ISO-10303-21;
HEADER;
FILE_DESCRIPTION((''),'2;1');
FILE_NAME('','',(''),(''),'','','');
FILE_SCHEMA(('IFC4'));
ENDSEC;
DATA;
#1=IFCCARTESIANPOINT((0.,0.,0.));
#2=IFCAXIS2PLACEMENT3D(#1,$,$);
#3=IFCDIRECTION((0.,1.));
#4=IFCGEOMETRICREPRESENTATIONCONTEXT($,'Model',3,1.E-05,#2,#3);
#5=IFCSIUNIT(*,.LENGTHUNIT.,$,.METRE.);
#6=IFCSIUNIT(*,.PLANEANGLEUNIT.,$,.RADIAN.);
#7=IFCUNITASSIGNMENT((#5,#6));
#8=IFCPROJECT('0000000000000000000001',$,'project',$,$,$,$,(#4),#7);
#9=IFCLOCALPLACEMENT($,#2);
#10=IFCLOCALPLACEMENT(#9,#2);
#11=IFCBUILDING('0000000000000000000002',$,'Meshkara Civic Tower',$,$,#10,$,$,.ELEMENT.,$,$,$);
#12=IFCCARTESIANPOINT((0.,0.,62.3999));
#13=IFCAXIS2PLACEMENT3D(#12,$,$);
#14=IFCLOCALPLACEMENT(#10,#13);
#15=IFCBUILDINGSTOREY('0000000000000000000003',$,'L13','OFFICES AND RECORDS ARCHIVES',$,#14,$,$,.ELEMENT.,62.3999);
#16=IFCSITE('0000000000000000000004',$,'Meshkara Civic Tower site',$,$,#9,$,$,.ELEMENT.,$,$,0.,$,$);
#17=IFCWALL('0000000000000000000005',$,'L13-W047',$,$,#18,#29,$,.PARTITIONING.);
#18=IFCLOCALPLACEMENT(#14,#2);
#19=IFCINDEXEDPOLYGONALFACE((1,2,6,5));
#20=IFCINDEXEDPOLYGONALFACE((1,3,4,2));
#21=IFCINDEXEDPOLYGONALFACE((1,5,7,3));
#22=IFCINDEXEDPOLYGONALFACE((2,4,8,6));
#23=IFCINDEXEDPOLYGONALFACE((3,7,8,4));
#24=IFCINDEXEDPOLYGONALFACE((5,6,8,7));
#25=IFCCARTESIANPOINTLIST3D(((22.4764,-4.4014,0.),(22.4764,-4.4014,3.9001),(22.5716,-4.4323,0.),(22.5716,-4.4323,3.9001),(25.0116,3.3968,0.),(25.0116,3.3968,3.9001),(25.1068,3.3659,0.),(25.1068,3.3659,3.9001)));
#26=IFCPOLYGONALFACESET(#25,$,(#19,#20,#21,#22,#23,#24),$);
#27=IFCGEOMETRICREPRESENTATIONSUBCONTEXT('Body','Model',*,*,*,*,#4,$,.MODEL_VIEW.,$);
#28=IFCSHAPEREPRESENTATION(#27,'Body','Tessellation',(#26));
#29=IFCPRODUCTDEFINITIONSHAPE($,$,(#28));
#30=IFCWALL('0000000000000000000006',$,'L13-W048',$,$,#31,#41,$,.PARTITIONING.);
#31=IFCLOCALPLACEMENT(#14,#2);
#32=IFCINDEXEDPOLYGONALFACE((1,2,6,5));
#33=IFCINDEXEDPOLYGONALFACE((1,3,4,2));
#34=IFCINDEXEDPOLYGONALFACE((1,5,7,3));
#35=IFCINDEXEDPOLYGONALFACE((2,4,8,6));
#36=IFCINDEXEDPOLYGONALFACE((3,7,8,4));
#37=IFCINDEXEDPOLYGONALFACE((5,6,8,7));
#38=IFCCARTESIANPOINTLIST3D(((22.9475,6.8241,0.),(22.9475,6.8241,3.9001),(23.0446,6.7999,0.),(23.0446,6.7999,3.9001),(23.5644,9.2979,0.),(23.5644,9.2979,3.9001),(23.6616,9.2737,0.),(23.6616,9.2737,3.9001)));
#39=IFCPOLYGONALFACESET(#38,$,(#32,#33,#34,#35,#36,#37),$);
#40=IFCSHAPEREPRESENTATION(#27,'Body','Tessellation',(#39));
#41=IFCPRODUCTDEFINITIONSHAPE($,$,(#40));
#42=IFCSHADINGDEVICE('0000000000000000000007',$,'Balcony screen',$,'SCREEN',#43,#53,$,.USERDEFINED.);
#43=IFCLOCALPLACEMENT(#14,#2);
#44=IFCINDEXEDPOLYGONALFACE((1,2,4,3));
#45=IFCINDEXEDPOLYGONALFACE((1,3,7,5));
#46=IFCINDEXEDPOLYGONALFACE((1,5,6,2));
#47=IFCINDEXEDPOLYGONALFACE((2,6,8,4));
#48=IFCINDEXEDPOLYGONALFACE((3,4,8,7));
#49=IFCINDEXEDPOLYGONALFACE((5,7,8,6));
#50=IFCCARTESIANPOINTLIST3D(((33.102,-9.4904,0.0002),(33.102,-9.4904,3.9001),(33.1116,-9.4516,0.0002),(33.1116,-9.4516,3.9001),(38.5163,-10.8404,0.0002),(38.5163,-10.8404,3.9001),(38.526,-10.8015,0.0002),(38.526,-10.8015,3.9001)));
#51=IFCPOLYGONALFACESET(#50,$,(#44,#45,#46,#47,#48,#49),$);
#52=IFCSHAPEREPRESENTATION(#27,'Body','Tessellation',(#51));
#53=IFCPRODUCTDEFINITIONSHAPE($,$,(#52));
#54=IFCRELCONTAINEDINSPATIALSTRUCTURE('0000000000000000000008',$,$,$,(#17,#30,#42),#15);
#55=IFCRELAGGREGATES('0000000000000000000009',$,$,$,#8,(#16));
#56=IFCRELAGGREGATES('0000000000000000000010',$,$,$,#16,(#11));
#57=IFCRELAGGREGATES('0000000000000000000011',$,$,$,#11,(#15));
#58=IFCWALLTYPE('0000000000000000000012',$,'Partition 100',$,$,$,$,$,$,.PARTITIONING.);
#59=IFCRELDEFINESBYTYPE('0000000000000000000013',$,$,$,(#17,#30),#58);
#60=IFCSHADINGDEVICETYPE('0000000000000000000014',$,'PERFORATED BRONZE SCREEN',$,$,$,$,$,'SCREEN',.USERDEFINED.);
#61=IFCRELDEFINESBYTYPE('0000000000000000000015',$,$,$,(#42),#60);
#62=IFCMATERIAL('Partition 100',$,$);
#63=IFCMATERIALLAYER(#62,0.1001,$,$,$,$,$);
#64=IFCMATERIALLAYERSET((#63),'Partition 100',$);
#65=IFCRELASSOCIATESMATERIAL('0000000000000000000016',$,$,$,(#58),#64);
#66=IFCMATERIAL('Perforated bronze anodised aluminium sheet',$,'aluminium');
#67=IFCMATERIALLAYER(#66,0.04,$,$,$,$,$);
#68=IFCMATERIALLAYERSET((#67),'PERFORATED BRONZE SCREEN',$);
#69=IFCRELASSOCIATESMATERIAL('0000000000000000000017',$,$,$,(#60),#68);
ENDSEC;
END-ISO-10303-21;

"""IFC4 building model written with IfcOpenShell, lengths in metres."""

from ifc_helpers import new_model, si_unit, direction, frame, frame_2d, origin, origin_2d, place, context, subcontext, project, spatial, rectangle, extrude, material, layer, layer_set, type_object, element, save


model = new_model("IFC4")

# Units and contexts
model_context = context("Model", 3, precision=1e-05, world=origin(), true_north=direction((0.0, 1.0)))
body_context = subcontext(model_context, "Body", "Model", "MODEL_VIEW")
ifc_project = project(units=[si_unit("LENGTHUNIT", "METRE"), si_unit("PLANEANGLEUNIT", "RADIAN")], contexts=[model_context])

# Site, building, storey
site_placement = place(None, origin())
site = spatial("IfcSite", under=ifc_project, at=site_placement, Name="Meshkara Civic Tower site", CompositionType="ELEMENT", RefElevation=0.0)
building_placement = place(site_placement, origin())
building = spatial("IfcBuilding", under=site, at=building_placement, Name="Meshkara Civic Tower", CompositionType="ELEMENT")
storey_placement = place(building_placement, frame((0.0, 0.0, 62.3999)))
storey = spatial("IfcBuildingStorey", under=building, at=storey_placement, Name="L13", Description="OFFICES AND RECORDS ARCHIVES", CompositionType="ELEMENT", Elevation=62.3999)

# Walls
ifc_material_1 = material(Name="Partition 100")
ifc_layer_1 = layer(ifc_material_1, 0.1001)
ifc_layer_set_1 = layer_set([ifc_layer_1], Name="Partition 100")
wall_type_1 = type_object("IfcWallType", Name="Partition 100", PredefinedType="PARTITIONING", material=ifc_layer_set_1)
wall_1_placement = place(storey_placement, frame((22.5239, -4.417, 0.0), z_axis=(0.0, 0.0, 1.0), x_axis=(0.309172, 0.951006, 0.0)))
element("IfcWall", 1, at=wall_1_placement, inside=storey, type_object=wall_type_1, Name="L13-W047", PredefinedType="PARTITIONING", context=body_context, shape_type="SweptSolid", body=[
    extrude(rectangle(XDim=8.2, YDim=0.1001, at=frame_2d((4.1001, 0.0))), origin(), (0.0, 0.0, 1.0), 3.9001),
])
wall_2_placement = place(storey_placement, frame((23.613, 9.2859, 0.0), z_axis=(0.0, 0.0, 1.0), x_axis=(-0.241972, -0.970283, 0.0)))
element("IfcWall", 2, at=wall_2_placement, inside=storey, type_object=wall_type_1, Name="L13-W048", PredefinedType="PARTITIONING", context=body_context, shape_type="SweptSolid", body=[
    extrude(rectangle(XDim=2.5496, YDim=0.1001, at=frame_2d((1.2749, 0.0))), origin(), (0.0, 0.0, 1.0), 3.9001),
])

# Shading device
ifc_material_2 = material(Name="Perforated bronze anodised aluminium sheet", Category="aluminium")
ifc_layer_2 = layer(ifc_material_2, 0.04)
ifc_layer_set_2 = layer_set([ifc_layer_2], Name="PERFORATED BRONZE SCREEN")
shading_device_type = type_object("IfcShadingDeviceType", Name="PERFORATED BRONZE SCREEN", ElementType="SCREEN", PredefinedType="USERDEFINED", material=ifc_layer_set_2)
shading_device_placement = place(storey_placement, frame((35.814, -10.146, 0.0002), z_axis=(0.0, 0.0, 1.0), x_axis=(0.970296, -0.241922, 0.0)))
element("IfcShadingDevice", 3, at=shading_device_placement, inside=storey, type_object=shading_device_type, Name="Balcony screen", ObjectType="SCREEN", PredefinedType="USERDEFINED", context=body_context, shape_type="SweptSolid", body=[
    extrude(rectangle(XDim=5.5801, YDim=0.04, at=origin_2d()), origin(), (0.0, 0.0, 1.0), 3.8999),
])

save(model, "model.ifc")
